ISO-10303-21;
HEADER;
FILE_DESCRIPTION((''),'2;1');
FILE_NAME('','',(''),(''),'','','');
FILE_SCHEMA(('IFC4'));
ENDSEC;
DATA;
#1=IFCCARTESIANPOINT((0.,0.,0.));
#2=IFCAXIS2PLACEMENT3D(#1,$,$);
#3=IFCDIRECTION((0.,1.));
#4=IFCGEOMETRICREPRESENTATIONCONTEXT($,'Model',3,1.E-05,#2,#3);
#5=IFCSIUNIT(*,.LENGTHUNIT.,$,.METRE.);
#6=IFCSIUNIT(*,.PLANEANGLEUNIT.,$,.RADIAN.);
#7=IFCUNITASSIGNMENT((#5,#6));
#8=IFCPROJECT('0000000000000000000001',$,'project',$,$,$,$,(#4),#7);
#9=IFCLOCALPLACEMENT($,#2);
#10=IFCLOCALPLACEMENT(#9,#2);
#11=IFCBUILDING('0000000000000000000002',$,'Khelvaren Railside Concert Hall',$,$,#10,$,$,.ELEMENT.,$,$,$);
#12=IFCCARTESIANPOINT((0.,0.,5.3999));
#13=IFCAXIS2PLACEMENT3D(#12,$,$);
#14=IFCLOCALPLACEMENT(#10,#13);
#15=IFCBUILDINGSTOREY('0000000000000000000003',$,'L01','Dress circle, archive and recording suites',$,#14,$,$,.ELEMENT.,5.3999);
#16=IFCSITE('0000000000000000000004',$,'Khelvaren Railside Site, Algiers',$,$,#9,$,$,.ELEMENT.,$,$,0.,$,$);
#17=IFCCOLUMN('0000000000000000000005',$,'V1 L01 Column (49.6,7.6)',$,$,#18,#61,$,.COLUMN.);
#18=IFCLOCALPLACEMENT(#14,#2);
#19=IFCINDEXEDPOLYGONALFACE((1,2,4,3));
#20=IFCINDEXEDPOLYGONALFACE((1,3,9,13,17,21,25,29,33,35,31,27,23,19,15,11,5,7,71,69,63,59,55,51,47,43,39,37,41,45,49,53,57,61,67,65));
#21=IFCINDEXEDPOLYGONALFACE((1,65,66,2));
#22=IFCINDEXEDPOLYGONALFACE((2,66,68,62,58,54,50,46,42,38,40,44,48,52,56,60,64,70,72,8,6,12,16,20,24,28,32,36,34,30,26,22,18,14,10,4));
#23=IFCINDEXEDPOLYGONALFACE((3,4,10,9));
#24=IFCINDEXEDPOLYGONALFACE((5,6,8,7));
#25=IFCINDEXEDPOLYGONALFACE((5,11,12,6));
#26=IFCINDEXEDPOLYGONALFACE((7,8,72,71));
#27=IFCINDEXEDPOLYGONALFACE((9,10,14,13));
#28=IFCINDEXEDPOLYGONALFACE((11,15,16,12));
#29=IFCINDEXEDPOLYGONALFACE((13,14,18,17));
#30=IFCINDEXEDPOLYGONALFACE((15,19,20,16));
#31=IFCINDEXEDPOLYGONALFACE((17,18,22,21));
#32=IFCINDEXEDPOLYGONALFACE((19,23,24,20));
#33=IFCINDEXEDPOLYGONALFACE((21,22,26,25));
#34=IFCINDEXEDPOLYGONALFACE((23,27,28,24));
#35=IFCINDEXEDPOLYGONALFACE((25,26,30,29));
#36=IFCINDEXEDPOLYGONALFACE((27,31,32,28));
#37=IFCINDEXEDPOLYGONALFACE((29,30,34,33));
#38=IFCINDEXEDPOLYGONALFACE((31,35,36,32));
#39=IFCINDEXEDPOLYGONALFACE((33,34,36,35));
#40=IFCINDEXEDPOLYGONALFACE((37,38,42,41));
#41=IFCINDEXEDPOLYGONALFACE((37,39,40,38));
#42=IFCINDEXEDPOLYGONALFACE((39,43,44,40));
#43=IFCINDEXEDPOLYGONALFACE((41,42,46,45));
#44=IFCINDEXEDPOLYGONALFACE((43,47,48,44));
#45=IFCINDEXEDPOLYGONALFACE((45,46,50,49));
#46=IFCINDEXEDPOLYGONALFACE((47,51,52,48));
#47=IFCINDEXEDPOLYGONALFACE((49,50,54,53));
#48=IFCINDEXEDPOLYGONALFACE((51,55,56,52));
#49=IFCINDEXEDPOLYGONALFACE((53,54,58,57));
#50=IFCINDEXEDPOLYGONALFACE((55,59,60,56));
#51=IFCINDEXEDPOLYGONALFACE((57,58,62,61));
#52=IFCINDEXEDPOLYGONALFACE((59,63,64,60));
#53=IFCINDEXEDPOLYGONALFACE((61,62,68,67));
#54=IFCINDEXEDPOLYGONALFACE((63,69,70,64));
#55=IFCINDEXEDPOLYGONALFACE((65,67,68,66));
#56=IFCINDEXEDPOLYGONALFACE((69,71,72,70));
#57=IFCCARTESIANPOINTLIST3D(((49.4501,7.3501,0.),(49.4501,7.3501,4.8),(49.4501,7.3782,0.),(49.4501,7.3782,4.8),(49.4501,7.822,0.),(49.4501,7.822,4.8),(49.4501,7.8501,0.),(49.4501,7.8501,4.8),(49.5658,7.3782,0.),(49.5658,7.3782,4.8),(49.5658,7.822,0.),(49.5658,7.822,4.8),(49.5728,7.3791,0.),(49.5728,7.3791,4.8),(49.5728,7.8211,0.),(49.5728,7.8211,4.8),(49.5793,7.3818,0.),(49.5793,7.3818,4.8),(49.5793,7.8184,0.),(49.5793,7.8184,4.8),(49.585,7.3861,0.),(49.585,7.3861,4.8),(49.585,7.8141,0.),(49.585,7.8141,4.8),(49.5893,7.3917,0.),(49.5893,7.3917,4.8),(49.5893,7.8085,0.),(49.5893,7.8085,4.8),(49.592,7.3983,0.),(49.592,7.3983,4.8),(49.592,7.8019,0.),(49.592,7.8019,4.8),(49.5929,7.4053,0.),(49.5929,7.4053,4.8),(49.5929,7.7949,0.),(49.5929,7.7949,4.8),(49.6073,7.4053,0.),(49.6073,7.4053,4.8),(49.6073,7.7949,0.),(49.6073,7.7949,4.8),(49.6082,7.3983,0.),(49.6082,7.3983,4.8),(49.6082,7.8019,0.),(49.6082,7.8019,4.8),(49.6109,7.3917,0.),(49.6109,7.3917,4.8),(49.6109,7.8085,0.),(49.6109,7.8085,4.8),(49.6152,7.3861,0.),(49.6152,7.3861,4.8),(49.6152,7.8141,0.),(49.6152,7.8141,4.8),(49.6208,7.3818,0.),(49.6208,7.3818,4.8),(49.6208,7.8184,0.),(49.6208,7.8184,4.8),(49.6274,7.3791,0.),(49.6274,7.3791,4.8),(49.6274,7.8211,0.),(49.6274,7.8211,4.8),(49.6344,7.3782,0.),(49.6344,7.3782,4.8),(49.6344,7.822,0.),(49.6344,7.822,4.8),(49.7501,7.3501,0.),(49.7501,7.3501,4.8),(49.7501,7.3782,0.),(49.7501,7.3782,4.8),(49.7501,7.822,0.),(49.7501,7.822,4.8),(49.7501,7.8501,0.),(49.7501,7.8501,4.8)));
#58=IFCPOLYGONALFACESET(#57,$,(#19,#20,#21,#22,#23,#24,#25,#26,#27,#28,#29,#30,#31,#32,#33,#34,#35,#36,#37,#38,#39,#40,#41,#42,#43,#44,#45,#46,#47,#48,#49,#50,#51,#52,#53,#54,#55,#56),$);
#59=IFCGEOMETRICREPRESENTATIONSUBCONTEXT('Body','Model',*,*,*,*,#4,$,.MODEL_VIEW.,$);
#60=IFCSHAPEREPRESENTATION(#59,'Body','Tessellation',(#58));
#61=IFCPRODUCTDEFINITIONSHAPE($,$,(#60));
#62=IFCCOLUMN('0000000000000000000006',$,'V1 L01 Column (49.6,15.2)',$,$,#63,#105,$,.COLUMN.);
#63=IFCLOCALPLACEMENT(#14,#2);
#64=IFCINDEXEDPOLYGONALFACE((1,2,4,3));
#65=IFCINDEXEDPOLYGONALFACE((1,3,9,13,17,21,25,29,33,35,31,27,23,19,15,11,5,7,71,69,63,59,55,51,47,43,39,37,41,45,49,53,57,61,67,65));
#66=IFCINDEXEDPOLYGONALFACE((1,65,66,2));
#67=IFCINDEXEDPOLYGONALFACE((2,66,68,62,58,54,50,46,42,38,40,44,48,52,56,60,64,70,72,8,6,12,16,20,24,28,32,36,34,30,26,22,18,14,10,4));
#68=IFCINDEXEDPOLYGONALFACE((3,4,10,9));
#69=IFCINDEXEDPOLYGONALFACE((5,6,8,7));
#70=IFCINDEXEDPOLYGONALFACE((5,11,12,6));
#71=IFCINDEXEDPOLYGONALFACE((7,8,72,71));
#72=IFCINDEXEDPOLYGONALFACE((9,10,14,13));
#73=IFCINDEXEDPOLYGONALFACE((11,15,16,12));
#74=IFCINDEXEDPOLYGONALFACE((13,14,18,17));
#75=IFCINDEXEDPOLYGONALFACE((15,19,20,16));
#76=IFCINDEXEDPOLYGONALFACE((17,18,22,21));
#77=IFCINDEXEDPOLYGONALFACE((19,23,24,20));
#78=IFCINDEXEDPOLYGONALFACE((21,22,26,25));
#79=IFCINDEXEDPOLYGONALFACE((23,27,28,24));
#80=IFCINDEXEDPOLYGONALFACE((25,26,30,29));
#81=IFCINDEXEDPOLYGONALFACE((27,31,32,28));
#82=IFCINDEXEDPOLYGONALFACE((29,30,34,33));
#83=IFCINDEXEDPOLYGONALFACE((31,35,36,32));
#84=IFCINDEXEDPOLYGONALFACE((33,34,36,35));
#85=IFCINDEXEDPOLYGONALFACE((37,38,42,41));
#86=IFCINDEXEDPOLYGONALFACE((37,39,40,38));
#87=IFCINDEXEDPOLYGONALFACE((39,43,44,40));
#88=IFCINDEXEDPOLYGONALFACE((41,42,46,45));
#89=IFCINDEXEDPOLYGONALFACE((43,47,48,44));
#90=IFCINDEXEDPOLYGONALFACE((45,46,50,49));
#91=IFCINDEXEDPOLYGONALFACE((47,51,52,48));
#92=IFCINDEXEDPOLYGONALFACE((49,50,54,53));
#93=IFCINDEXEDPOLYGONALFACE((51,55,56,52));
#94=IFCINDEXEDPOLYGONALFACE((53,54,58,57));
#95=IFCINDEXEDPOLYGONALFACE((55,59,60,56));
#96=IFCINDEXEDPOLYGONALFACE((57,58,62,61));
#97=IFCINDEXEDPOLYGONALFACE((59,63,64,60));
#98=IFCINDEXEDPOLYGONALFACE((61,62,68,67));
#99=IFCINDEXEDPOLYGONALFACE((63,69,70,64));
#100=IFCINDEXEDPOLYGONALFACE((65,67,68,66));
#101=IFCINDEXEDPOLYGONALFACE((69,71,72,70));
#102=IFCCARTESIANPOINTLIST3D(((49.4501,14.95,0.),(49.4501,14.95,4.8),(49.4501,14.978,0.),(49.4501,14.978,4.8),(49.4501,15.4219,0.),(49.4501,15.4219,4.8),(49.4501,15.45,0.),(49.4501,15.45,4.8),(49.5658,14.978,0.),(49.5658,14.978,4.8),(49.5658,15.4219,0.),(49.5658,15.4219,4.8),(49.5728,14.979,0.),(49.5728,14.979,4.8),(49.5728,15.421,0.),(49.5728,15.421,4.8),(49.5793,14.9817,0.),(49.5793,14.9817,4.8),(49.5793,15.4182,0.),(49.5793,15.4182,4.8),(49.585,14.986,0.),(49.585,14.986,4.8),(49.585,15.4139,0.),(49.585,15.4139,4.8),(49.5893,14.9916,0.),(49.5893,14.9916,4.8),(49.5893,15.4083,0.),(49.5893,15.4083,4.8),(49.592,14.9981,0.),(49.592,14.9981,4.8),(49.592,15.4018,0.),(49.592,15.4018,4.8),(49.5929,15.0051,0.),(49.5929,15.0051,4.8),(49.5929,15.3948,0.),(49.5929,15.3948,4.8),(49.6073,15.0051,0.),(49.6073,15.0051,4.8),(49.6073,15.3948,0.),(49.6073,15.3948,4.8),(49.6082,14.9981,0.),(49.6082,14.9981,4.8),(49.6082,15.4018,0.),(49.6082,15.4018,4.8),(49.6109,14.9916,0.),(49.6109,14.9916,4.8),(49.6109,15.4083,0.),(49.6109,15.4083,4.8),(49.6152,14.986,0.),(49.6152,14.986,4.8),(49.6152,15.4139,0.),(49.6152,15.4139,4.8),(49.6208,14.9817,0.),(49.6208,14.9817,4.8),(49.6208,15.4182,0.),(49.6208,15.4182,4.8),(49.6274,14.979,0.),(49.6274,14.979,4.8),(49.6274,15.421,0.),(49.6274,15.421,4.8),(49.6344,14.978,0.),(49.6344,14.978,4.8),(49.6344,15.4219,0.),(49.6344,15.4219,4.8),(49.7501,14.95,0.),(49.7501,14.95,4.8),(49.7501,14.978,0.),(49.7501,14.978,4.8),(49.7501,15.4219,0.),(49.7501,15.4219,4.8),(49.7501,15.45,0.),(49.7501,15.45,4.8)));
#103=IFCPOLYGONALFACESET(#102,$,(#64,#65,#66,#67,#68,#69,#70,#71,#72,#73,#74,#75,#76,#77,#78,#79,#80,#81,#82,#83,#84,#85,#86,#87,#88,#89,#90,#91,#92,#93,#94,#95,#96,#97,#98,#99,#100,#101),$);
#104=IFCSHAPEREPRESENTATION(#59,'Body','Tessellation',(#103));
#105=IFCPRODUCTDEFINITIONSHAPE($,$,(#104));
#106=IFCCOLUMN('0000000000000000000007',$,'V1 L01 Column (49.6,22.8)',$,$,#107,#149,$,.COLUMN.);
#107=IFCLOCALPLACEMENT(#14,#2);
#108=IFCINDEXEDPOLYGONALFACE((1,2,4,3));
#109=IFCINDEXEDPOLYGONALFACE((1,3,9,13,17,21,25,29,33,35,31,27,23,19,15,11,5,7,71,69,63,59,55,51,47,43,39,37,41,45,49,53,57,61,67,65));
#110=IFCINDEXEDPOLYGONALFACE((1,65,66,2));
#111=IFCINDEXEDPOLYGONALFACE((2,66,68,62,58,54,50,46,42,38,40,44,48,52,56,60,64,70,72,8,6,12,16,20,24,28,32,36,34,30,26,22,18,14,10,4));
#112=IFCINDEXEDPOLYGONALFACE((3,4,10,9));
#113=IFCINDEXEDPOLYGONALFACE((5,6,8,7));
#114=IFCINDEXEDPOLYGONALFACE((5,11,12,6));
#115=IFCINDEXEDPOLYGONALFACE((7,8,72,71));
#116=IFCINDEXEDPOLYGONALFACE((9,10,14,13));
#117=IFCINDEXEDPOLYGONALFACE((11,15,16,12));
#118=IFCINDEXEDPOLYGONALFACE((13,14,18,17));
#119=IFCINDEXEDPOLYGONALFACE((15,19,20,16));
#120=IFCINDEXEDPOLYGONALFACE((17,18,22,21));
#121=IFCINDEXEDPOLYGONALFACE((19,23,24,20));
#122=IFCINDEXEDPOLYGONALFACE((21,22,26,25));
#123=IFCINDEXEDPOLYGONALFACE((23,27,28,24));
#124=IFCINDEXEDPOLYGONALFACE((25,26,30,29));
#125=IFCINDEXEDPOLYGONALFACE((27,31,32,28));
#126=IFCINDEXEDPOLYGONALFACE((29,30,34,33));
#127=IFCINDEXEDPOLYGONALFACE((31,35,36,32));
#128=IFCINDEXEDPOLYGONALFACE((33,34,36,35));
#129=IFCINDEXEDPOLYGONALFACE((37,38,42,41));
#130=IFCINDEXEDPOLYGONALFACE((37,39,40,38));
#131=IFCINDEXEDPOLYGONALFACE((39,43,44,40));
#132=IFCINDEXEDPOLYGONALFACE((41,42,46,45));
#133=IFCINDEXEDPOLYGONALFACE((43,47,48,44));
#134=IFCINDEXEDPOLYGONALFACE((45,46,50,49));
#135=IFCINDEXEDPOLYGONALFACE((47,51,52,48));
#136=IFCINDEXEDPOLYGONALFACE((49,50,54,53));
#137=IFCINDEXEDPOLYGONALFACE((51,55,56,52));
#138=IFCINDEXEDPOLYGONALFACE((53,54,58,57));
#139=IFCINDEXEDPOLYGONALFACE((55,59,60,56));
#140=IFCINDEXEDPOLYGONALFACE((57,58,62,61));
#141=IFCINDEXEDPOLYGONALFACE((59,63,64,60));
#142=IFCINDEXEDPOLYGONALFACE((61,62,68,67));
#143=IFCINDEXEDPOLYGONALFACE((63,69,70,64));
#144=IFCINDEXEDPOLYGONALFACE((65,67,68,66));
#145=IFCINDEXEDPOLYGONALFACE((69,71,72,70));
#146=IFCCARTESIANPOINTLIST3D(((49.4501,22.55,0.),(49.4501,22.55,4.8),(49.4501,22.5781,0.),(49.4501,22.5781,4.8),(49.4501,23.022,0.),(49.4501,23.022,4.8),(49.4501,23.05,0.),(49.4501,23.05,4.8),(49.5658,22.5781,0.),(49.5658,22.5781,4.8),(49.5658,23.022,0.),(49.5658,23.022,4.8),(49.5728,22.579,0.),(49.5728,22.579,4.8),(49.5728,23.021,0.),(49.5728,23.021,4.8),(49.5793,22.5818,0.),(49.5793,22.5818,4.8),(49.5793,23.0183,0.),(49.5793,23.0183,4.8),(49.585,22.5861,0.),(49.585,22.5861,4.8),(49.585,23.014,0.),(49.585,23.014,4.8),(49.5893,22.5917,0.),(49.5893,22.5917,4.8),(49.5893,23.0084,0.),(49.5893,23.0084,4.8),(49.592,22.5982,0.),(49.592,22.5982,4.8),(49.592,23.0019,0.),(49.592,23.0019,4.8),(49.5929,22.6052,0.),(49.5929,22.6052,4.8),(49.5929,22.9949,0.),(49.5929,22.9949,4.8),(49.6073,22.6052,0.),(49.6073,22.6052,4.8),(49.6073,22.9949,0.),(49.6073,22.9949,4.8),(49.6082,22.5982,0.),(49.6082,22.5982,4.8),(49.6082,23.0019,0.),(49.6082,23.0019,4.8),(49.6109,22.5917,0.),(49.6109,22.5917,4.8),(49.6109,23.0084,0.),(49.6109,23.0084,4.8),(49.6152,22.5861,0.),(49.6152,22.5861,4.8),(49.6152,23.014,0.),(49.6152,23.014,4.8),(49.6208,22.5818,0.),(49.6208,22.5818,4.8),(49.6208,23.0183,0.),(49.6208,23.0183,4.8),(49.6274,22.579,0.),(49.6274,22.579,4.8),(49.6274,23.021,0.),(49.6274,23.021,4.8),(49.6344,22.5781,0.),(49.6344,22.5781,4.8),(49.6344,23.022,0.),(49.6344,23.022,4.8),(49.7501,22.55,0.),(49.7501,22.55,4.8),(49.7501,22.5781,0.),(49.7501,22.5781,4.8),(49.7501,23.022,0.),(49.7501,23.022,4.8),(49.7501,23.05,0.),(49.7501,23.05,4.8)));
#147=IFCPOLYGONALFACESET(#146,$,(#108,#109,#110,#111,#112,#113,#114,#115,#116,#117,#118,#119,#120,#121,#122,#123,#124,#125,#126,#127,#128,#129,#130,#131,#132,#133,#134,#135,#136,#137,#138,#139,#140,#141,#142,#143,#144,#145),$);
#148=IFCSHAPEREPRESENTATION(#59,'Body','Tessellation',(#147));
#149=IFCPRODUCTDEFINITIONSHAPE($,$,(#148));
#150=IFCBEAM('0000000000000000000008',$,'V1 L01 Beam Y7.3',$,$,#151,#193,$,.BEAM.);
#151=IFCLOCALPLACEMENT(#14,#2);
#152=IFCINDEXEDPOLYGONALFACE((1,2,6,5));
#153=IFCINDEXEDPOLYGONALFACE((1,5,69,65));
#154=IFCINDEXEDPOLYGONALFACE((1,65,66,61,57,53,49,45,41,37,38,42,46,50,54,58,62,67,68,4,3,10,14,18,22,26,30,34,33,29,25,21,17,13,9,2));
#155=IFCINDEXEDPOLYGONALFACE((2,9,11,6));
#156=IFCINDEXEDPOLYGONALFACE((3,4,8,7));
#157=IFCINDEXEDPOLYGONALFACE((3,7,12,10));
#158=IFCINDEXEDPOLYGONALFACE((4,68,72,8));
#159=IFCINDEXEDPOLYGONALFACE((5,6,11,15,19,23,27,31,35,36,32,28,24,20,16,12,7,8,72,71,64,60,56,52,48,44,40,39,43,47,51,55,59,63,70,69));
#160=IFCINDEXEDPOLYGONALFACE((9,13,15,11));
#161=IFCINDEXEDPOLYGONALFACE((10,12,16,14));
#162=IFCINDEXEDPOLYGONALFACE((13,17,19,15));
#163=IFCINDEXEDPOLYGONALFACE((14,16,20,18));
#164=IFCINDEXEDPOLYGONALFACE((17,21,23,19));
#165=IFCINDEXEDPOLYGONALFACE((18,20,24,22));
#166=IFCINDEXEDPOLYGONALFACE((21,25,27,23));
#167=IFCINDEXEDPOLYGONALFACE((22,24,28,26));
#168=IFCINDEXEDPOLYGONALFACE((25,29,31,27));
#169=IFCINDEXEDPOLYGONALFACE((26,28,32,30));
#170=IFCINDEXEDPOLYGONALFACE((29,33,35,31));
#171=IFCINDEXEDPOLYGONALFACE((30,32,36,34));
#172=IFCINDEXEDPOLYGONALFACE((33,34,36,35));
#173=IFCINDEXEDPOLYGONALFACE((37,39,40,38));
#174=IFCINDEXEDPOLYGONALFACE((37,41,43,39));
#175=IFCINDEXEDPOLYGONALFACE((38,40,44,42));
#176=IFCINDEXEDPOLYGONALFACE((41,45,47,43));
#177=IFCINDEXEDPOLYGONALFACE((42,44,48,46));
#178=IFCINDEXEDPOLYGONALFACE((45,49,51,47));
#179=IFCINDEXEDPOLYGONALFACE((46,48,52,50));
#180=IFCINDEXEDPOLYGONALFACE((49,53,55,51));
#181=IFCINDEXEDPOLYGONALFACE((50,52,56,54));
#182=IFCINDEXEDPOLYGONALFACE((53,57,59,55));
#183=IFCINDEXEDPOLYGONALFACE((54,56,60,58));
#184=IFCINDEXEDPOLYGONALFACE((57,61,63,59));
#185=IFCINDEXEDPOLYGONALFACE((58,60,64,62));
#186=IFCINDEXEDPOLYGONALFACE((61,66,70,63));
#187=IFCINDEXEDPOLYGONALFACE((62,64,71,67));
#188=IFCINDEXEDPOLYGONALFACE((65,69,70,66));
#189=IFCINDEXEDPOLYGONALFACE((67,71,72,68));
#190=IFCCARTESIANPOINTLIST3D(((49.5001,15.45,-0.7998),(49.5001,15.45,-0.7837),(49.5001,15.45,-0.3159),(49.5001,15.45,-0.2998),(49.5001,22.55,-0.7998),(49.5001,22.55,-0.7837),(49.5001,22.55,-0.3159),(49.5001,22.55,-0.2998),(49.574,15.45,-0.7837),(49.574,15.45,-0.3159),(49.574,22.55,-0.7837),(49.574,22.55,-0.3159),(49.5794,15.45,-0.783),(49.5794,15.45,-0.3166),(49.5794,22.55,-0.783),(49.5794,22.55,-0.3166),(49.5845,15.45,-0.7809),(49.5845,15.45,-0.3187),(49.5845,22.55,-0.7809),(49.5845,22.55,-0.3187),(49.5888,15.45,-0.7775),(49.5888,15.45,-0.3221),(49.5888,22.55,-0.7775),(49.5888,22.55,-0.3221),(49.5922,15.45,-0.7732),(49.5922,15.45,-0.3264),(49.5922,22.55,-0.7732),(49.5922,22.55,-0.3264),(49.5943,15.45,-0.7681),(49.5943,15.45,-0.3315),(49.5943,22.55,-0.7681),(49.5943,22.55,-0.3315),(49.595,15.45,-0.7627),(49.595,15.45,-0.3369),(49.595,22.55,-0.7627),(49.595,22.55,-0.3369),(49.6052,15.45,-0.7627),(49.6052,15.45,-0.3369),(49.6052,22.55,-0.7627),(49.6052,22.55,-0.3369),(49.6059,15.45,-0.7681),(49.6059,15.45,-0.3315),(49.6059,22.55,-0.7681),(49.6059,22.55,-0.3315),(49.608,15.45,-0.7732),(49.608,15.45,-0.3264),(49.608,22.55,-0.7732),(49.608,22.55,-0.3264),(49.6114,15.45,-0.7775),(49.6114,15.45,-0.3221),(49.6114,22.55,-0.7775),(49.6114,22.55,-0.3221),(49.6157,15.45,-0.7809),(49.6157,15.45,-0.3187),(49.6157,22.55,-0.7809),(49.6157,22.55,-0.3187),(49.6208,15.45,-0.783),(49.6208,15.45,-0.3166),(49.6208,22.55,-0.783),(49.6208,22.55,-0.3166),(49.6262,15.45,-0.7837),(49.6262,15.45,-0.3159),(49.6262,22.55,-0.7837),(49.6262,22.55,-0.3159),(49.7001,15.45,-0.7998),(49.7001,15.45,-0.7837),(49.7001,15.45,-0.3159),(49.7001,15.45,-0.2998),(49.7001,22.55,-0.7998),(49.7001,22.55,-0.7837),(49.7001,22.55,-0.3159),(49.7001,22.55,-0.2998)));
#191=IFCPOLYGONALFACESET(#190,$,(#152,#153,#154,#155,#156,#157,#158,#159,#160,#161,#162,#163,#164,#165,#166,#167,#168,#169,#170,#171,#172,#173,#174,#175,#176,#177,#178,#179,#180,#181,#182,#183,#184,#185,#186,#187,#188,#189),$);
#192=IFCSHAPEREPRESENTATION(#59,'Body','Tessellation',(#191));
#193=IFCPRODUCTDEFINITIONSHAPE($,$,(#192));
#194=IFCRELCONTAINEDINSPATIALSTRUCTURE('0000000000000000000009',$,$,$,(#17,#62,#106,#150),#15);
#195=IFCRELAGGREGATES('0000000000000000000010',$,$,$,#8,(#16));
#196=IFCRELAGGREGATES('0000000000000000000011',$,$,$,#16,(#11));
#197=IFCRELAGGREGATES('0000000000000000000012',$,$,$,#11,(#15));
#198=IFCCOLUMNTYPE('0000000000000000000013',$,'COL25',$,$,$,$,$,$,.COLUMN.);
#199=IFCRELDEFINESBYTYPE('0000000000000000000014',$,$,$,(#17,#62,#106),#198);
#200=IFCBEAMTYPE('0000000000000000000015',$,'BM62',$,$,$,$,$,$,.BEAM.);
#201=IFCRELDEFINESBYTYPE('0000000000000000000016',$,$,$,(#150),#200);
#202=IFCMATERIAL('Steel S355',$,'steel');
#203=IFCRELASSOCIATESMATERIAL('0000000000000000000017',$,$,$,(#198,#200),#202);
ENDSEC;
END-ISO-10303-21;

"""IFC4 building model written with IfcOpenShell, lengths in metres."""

from ifc_helpers import new_model, si_unit, direction, frame, origin, origin_2d, place, context, subcontext, project, spatial, i_section, extrude, material, material_profile, profile_set, type_object, element, save


model = new_model("IFC4")

# Units and contexts
model_context = context("Model", 3, precision=1e-05, world=origin(), true_north=direction((0.0, 1.0)))
body_context = subcontext(model_context, "Body", "Model", "MODEL_VIEW")
ifc_project = project(units=[si_unit("LENGTHUNIT", "METRE"), si_unit("PLANEANGLEUNIT", "RADIAN")], contexts=[model_context])

# Site, building, storey
site_placement = place(None, origin())
site = spatial("IfcSite", under=ifc_project, at=site_placement, Name="Khelvaren Railside Site, Algiers", CompositionType="ELEMENT", RefElevation=0.0)
building_placement = place(site_placement, origin())
building = spatial("IfcBuilding", under=site, at=building_placement, Name="Khelvaren Railside Concert Hall", CompositionType="ELEMENT")
storey_placement = place(building_placement, frame((0.0, 0.0, 5.3999)))
storey = spatial("IfcBuildingStorey", under=building, at=storey_placement, Name="L01", Description="Dress circle, archive and recording suites", CompositionType="ELEMENT", Elevation=5.3999)

# Columns
ifc_material_1 = material(Name="Steel S355", Category="steel")
ifc_material_profile_1 = material_profile(ifc_material_1, i_section(OverallWidth=0.3, OverallDepth=0.5, WebThickness=0.0144, FlangeThickness=0.0281, FilletRadius=0.0271, at=origin_2d()), Name="HEB 500")
ifc_profile_set_1 = profile_set([ifc_material_profile_1], Name="Steel S355")
column_type = type_object("IfcColumnType", Name="COL25", PredefinedType="COLUMN", material=ifc_profile_set_1)
for number, where, z_axis, x_axis, name in (
    (1, (49.6001, 7.6001, 0.0), (0.0, 0.0, 1.0), (1.0, 0.0, 0.0), "V1 L01 Column (49.6,7.6)"),
    (2, (49.6001, 15.2, 0.0), (0.0, 0.0, 1.0), (1.0, 0.0, 0.0), "V1 L01 Column (49.6,15.2)"),
    (3, (49.6001, 22.8, 0.0), (0.0, 0.0, 1.0), (1.0, 0.0, 0.0), "V1 L01 Column (49.6,22.8)"),
):
    element("IfcColumn", number, at=place(storey_placement, frame(where, z_axis=z_axis, x_axis=x_axis)), inside=storey, type_object=column_type, Name=name, PredefinedType="COLUMN", context=body_context, shape_type="SweptSolid", body=[
        extrude(i_section(OverallWidth=0.3, OverallDepth=0.5, WebThickness=0.0144, FlangeThickness=0.0281, FilletRadius=0.0271, at=origin_2d()), origin(), (0.0, 0.0, 1.0), 4.8),
    ])

# Beam
ifc_material_profile_2 = material_profile(ifc_material_1, i_section(OverallWidth=0.2, OverallDepth=0.5, WebThickness=0.0103, FlangeThickness=0.0161, FilletRadius=0.021, at=origin_2d()), Name="IPE 500")
ifc_profile_set_2 = profile_set([ifc_material_profile_2], Name="Steel S355")
beam_type_1 = type_object("IfcBeamType", Name="BM62", PredefinedType="BEAM", material=ifc_profile_set_2)
beam_1_placement = place(storey_placement, frame((49.6001, 15.45, -0.5498), z_axis=(0.0, 1.0, 0.0), x_axis=(-1.0, 0.0, 0.0)))
element("IfcBeam", 4, at=beam_1_placement, inside=storey, type_object=beam_type_1, Name="V1 L01 Beam Y7.3", PredefinedType="BEAM", context=body_context, shape_type="SweptSolid", body=[
    extrude(i_section(OverallWidth=0.2, OverallDepth=0.5, WebThickness=0.0103, FlangeThickness=0.0161, FilletRadius=0.021, at=origin_2d()), origin(), (0.0, 0.0, 1.0), 7.1001),
])

save(model, "model.ifc")
